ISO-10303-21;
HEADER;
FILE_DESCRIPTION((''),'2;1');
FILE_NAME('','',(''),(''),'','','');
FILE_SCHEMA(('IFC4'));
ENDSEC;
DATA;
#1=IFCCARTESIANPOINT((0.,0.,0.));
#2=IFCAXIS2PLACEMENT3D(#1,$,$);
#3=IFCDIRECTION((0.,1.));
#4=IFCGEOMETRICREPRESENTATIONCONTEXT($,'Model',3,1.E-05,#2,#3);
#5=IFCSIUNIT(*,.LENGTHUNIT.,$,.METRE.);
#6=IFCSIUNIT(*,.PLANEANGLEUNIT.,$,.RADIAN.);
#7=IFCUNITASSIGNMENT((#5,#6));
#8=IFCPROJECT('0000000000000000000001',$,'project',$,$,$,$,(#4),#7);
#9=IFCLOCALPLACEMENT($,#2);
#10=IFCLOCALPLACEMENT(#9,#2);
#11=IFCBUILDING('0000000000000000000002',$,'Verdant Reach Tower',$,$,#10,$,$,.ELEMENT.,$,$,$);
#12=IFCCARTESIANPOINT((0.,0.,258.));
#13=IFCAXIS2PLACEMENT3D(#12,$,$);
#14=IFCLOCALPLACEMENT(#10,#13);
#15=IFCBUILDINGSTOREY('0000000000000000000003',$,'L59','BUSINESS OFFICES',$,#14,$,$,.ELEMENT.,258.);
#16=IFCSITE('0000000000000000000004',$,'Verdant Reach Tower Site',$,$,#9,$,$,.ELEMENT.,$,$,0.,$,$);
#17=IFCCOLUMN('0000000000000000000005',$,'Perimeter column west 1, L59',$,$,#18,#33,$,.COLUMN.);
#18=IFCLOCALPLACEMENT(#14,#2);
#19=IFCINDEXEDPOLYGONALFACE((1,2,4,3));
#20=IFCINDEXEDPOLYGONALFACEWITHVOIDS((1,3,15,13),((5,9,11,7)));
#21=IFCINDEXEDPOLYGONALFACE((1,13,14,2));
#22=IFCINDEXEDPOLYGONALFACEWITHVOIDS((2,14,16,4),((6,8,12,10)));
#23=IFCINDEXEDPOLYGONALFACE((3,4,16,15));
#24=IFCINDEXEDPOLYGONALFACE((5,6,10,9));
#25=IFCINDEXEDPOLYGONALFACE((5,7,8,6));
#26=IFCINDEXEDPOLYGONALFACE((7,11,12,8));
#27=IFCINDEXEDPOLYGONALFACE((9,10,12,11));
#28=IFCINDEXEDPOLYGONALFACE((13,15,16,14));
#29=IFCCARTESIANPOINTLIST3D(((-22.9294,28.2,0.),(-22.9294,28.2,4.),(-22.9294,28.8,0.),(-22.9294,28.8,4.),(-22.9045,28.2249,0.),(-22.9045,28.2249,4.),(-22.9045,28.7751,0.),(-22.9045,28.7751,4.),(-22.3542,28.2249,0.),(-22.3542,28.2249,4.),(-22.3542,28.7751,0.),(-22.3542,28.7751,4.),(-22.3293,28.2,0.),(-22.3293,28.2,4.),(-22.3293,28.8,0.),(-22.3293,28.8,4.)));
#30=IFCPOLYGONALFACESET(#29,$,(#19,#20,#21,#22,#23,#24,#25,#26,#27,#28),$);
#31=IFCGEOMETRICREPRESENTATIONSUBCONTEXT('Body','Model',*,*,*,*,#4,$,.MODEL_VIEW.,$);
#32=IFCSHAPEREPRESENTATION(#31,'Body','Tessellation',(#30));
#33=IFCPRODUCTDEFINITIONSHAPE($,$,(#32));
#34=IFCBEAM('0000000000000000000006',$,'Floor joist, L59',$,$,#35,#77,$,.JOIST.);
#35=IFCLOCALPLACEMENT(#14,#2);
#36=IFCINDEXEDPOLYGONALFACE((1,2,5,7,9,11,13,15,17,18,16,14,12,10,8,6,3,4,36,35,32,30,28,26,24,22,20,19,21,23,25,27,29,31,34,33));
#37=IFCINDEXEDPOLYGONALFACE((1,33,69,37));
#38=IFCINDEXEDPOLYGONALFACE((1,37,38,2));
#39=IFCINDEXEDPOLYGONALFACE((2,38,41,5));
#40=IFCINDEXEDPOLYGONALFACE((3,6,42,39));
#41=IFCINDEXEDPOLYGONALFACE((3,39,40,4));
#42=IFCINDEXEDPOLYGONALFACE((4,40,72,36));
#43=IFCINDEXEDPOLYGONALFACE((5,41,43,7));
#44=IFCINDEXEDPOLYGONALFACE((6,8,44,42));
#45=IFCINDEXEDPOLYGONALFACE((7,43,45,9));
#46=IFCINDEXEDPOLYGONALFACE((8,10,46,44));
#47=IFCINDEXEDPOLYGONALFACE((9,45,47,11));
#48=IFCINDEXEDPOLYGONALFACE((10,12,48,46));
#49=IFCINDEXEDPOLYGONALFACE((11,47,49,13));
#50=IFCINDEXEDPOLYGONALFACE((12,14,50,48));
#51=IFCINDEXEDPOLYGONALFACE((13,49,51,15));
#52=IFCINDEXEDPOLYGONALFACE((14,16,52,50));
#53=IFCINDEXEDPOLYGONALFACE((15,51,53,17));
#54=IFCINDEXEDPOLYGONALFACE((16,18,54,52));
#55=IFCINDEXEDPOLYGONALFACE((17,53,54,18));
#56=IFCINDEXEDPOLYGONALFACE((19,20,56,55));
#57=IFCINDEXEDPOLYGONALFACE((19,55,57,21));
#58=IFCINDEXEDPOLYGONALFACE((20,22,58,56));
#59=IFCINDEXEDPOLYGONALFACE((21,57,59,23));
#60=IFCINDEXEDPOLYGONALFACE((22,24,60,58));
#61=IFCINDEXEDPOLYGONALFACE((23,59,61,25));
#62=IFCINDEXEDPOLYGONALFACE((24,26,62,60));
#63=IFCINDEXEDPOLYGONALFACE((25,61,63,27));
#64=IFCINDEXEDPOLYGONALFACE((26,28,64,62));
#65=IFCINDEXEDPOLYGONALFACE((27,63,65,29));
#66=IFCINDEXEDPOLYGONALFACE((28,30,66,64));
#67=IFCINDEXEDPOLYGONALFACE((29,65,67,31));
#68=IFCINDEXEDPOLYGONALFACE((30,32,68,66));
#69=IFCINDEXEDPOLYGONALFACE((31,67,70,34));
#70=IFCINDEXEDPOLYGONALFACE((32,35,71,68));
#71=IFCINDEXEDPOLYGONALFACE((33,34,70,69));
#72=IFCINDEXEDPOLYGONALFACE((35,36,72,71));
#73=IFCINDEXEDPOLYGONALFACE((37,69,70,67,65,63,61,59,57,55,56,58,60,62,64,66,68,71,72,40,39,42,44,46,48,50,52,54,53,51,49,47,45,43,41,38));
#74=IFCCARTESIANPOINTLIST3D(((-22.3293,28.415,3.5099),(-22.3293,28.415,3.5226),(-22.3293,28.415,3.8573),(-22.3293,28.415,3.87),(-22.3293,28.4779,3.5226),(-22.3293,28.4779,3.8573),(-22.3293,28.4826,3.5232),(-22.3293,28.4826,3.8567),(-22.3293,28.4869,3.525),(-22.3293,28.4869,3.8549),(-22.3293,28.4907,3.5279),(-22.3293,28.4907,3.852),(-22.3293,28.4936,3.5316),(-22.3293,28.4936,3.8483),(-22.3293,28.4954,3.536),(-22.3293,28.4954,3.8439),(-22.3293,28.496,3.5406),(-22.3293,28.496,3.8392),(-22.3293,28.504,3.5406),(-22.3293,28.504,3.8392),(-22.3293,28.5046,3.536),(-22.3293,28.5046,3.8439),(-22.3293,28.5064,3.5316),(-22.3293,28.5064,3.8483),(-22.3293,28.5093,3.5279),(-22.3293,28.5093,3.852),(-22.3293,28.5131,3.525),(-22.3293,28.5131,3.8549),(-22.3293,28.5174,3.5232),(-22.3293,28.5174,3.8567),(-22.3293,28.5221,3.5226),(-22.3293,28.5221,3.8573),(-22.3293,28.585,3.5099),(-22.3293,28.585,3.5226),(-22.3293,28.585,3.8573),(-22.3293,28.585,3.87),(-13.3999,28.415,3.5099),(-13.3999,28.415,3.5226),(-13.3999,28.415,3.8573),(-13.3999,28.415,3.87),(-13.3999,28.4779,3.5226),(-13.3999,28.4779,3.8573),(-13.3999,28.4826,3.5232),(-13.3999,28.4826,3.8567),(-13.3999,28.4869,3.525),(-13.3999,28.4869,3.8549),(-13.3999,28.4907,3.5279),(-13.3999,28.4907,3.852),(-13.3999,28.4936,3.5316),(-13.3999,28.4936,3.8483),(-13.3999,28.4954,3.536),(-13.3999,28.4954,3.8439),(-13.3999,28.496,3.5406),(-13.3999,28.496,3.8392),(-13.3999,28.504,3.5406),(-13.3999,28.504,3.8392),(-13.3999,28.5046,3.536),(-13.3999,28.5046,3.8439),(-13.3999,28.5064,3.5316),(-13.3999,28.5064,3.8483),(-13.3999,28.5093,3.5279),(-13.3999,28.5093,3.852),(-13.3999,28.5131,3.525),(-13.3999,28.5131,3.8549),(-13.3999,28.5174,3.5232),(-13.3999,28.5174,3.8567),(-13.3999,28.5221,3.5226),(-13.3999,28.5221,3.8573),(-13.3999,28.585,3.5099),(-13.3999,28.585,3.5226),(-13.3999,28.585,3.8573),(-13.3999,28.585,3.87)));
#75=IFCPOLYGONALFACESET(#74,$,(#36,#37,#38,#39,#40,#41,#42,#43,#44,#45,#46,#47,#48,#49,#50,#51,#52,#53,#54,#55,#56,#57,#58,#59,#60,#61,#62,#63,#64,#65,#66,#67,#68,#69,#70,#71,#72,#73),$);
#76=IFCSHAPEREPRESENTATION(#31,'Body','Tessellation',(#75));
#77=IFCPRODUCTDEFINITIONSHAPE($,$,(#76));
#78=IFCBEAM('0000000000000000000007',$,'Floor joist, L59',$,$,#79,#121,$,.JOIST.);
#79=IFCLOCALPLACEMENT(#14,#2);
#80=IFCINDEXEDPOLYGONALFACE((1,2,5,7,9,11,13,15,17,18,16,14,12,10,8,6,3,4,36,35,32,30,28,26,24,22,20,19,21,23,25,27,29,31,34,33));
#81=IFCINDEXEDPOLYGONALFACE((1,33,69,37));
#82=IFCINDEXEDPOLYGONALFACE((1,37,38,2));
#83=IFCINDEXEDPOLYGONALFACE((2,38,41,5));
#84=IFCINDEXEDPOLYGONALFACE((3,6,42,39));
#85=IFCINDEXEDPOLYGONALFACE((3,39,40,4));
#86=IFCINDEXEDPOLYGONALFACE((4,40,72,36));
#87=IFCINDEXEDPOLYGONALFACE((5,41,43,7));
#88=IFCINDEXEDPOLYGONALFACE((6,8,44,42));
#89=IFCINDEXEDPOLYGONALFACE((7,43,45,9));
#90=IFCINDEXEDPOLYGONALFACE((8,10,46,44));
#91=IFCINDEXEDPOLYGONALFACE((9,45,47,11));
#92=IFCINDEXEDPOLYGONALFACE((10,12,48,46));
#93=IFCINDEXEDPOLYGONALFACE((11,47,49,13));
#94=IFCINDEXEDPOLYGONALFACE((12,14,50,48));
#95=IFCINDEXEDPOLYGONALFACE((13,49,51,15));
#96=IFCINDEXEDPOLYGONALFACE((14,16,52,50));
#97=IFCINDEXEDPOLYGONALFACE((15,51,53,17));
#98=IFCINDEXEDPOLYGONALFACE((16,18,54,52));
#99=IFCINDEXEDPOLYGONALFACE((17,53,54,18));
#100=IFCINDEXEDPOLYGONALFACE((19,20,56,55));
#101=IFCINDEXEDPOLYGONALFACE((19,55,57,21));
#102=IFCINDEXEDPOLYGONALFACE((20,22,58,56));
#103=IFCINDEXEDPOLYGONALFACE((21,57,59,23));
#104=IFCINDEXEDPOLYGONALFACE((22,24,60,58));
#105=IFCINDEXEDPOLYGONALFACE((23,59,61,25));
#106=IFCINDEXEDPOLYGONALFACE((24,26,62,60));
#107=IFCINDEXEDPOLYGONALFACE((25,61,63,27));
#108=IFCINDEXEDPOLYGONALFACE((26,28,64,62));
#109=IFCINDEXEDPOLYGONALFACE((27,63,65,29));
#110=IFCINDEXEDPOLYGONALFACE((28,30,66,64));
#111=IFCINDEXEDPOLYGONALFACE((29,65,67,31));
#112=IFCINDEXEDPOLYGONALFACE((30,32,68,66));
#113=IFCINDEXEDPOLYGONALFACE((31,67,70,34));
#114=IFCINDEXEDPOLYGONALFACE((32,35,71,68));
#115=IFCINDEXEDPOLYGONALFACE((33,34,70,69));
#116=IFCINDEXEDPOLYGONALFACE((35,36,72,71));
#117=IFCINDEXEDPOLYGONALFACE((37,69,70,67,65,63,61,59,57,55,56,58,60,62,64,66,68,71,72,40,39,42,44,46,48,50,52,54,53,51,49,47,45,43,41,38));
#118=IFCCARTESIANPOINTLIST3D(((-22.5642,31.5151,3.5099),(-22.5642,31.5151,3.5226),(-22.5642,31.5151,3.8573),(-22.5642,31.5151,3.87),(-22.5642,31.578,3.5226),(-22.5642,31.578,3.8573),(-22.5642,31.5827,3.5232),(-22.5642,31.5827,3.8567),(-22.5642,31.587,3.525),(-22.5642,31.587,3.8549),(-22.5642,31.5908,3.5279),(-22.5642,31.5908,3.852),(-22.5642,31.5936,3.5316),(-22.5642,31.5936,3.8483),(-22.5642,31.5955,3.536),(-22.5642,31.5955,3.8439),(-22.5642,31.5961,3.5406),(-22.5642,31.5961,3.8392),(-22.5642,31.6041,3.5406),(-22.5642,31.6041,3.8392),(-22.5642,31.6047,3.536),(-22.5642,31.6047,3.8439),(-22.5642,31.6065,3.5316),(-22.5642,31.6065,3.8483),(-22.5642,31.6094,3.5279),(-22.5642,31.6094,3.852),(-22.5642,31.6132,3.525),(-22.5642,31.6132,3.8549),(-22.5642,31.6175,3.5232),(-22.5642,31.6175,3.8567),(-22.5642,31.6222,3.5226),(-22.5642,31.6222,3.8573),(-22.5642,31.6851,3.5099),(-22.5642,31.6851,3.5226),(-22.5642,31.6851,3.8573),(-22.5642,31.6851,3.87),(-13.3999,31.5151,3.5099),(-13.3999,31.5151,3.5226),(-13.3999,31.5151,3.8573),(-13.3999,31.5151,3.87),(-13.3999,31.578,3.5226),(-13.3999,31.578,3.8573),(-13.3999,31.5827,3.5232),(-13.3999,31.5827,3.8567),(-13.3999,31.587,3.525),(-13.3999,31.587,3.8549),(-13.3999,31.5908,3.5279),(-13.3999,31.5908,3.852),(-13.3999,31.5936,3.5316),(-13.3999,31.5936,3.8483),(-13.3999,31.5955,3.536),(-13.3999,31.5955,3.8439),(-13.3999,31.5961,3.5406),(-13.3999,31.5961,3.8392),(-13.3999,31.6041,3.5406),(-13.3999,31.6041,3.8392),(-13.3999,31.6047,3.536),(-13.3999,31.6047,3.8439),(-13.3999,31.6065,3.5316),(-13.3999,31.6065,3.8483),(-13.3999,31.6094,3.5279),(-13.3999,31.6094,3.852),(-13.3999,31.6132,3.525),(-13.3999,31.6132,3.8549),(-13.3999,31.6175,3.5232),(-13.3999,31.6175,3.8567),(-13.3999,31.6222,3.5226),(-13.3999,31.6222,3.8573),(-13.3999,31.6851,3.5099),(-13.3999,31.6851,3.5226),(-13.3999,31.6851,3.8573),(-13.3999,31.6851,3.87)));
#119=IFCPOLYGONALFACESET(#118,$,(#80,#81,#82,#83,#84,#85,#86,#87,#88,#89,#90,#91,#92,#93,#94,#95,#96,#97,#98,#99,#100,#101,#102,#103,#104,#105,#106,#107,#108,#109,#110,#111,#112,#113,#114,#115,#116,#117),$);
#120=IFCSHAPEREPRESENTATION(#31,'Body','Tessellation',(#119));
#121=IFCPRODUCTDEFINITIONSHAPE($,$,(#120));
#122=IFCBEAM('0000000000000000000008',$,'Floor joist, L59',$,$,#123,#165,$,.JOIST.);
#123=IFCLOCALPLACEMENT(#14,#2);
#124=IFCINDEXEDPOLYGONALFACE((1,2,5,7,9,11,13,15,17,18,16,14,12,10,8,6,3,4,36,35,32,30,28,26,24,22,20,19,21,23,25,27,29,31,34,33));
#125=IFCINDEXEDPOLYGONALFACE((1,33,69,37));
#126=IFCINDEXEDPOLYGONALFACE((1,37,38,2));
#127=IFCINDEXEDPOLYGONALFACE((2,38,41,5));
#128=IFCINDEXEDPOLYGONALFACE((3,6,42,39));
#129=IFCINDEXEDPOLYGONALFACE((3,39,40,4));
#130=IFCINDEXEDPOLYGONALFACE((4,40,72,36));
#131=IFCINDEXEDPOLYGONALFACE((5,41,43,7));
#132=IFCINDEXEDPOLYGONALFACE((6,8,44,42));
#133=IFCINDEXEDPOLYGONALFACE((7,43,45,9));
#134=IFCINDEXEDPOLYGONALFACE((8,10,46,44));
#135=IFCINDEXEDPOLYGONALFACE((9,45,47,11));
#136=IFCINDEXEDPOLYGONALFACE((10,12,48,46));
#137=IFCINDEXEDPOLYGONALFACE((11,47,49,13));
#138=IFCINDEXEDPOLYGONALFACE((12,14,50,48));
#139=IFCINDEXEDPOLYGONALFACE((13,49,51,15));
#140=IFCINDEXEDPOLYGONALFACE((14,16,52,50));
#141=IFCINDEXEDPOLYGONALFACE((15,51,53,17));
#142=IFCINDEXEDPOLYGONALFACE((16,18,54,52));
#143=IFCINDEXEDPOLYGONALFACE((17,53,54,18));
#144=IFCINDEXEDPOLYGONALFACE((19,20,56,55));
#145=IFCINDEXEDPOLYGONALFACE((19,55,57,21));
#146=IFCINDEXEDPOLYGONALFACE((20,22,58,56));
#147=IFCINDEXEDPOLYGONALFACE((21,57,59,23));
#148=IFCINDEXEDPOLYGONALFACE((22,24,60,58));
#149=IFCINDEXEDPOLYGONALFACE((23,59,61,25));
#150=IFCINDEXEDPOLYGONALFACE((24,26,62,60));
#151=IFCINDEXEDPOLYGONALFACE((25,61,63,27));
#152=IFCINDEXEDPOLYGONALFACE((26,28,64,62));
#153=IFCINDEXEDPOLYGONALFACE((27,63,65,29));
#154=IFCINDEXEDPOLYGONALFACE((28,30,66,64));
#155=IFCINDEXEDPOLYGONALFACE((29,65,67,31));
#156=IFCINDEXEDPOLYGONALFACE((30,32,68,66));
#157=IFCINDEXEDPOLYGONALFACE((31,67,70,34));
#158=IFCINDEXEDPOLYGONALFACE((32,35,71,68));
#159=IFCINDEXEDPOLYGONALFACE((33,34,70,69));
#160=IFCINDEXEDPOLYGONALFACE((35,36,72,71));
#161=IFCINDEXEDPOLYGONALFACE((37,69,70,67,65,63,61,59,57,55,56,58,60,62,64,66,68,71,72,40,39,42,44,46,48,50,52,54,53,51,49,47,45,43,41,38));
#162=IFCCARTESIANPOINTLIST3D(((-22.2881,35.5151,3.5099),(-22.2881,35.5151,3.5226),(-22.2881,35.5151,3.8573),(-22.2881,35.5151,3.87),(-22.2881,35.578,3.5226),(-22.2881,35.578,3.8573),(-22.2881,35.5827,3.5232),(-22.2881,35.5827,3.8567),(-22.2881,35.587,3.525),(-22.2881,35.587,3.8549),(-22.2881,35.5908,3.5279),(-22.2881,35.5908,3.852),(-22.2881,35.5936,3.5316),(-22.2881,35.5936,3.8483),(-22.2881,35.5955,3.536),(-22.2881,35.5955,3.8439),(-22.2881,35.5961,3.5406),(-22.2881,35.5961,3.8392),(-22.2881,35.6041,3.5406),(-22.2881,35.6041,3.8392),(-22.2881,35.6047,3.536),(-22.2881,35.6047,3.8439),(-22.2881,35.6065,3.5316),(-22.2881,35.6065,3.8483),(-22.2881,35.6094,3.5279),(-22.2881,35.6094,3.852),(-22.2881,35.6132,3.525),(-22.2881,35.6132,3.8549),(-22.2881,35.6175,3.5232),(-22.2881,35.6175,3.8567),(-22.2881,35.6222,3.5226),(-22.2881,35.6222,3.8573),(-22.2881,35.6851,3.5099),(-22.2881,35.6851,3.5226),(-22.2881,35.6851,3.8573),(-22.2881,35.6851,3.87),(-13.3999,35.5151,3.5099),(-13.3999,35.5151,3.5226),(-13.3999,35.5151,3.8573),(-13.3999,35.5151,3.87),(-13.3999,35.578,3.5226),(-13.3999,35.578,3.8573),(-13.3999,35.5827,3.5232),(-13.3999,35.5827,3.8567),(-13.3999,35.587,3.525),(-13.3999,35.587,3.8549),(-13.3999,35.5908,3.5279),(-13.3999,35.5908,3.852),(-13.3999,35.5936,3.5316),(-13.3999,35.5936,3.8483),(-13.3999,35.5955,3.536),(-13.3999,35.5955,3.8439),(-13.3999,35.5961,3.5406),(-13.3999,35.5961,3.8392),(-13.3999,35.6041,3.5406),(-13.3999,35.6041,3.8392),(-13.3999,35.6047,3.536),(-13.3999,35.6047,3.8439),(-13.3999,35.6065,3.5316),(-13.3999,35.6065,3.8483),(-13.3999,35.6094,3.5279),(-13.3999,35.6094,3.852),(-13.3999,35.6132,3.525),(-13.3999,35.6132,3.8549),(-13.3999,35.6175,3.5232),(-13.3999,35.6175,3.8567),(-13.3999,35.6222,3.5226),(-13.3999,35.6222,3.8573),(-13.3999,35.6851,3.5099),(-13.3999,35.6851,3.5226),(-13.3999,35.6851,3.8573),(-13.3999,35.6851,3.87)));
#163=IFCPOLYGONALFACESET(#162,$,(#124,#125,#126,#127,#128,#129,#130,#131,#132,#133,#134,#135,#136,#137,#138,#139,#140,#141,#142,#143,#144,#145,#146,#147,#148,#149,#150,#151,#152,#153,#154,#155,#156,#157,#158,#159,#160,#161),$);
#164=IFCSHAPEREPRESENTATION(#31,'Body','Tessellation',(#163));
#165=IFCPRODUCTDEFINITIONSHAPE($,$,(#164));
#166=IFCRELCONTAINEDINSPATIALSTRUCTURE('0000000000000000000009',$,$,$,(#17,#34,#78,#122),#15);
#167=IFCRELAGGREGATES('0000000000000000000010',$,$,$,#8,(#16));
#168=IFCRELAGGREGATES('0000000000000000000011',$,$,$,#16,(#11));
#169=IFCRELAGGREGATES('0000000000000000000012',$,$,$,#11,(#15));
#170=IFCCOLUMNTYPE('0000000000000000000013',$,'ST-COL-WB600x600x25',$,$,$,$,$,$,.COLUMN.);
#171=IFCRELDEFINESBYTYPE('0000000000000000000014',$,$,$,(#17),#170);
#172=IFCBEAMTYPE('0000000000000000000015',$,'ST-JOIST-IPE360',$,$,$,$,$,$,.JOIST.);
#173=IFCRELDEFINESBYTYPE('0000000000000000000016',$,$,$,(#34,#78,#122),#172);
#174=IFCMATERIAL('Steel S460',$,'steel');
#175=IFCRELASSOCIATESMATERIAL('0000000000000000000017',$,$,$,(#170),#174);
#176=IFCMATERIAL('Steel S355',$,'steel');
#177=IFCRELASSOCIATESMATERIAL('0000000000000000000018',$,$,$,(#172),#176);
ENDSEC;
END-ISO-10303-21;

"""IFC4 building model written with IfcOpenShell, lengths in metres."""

from ifc_helpers import new_model, si_unit, direction, frame, origin, origin_2d, place, context, subcontext, project, spatial, hollow_rectangle, i_section, extrude, material, material_profile, profile_set, type_object, element, save


model = new_model("IFC4")

# Units and contexts
model_context = context("Model", 3, precision=1e-05, world=origin(), true_north=direction((0.0, 1.0)))
body_context = subcontext(model_context, "Body", "Model", "MODEL_VIEW")
ifc_project = project(units=[si_unit("LENGTHUNIT", "METRE"), si_unit("PLANEANGLEUNIT", "RADIAN")], contexts=[model_context])

# Site, building, storey
site_placement = place(None, origin())
site = spatial("IfcSite", under=ifc_project, at=site_placement, Name="Verdant Reach Tower Site", CompositionType="ELEMENT", RefElevation=0.0)
building_placement = place(site_placement, origin())
building = spatial("IfcBuilding", under=site, at=building_placement, Name="Verdant Reach Tower", CompositionType="ELEMENT")
storey_placement = place(building_placement, frame((0.0, 0.0, 258.0)))
storey = spatial("IfcBuildingStorey", under=building, at=storey_placement, Name="L59", Description="BUSINESS OFFICES", CompositionType="ELEMENT", Elevation=258.0)

# Column
ifc_material_1 = material(Name="Steel S460", Category="steel")
ifc_material_profile_1 = material_profile(ifc_material_1, hollow_rectangle(XDim=0.6001, YDim=0.6001, WallThickness=0.0249, at=origin_2d()), Name="WB 600x600x25")
ifc_profile_set_1 = profile_set([ifc_material_profile_1], Name="Steel S460")
column_type = type_object("IfcColumnType", Name="ST-COL-WB600x600x25", PredefinedType="COLUMN", material=ifc_profile_set_1)
column_placement = place(storey_placement, frame((-22.6294, 28.5, 0.0), z_axis=(0.0, 0.0, 1.0), x_axis=(1.0, 0.0, 0.0)))
element("IfcColumn", 1, at=column_placement, inside=storey, type_object=column_type, Name="Perimeter column west 1, L59", PredefinedType="COLUMN", context=body_context, shape_type="SweptSolid", body=[
    extrude(hollow_rectangle(XDim=0.6001, YDim=0.6001, WallThickness=0.0249, at=origin_2d()), origin(), (0.0, 0.0, 1.0), 4.0),
])

# Beams
ifc_material_2 = material(Name="Steel S355", Category="steel")
ifc_material_profile_2 = material_profile(ifc_material_2, i_section(OverallWidth=0.1699, OverallDepth=0.3601, WebThickness=0.0081, FlangeThickness=0.0127, FilletRadius=0.0181, at=origin_2d()), Name="IPE 360")
ifc_profile_set_2 = profile_set([ifc_material_profile_2], Name="Steel S355")
beam_type_1 = type_object("IfcBeamType", Name="ST-JOIST-IPE360", PredefinedType="JOIST", material=ifc_profile_set_2)
beam_1_placement = place(storey_placement, frame((-13.3999, 28.5, 3.6899), z_axis=(-1.0, 0.0, 0.0), x_axis=(0.0, -1.0, 0.0)))
element("IfcBeam", 2, at=beam_1_placement, inside=storey, type_object=beam_type_1, Name="Floor joist, L59", PredefinedType="JOIST", context=body_context, shape_type="SweptSolid", body=[
    extrude(i_section(OverallWidth=0.1699, OverallDepth=0.3601, WebThickness=0.0081, FlangeThickness=0.0127, FilletRadius=0.0181, at=origin_2d()), origin(), (0.0, 0.0, 1.0), 8.9294),
])
beam_2_placement = place(storey_placement, frame((-13.3999, 31.6001, 3.6899), z_axis=(-1.0, 0.0, 0.0), x_axis=(0.0, -1.0, 0.0)))
element("IfcBeam", 3, at=beam_2_placement, inside=storey, type_object=beam_type_1, Name="Floor joist, L59", PredefinedType="JOIST", context=body_context, shape_type="SweptSolid", body=[
    extrude(i_section(OverallWidth=0.1699, OverallDepth=0.3601, WebThickness=0.0081, FlangeThickness=0.0127, FilletRadius=0.0181, at=origin_2d()), origin(), (0.0, 0.0, 1.0), 9.1643),
])
beam_3_placement = place(storey_placement, frame((-13.3999, 35.6001, 3.6899), z_axis=(-1.0, 0.0, 0.0), x_axis=(0.0, -1.0, 0.0)))
element("IfcBeam", 4, at=beam_3_placement, inside=storey, type_object=beam_type_1, Name="Floor joist, L59", PredefinedType="JOIST", context=body_context, shape_type="SweptSolid", body=[
    extrude(i_section(OverallWidth=0.1699, OverallDepth=0.3601, WebThickness=0.0081, FlangeThickness=0.0127, FilletRadius=0.0181, at=origin_2d()), origin(), (0.0, 0.0, 1.0), 8.8882),
])

save(model, "model.ifc")
